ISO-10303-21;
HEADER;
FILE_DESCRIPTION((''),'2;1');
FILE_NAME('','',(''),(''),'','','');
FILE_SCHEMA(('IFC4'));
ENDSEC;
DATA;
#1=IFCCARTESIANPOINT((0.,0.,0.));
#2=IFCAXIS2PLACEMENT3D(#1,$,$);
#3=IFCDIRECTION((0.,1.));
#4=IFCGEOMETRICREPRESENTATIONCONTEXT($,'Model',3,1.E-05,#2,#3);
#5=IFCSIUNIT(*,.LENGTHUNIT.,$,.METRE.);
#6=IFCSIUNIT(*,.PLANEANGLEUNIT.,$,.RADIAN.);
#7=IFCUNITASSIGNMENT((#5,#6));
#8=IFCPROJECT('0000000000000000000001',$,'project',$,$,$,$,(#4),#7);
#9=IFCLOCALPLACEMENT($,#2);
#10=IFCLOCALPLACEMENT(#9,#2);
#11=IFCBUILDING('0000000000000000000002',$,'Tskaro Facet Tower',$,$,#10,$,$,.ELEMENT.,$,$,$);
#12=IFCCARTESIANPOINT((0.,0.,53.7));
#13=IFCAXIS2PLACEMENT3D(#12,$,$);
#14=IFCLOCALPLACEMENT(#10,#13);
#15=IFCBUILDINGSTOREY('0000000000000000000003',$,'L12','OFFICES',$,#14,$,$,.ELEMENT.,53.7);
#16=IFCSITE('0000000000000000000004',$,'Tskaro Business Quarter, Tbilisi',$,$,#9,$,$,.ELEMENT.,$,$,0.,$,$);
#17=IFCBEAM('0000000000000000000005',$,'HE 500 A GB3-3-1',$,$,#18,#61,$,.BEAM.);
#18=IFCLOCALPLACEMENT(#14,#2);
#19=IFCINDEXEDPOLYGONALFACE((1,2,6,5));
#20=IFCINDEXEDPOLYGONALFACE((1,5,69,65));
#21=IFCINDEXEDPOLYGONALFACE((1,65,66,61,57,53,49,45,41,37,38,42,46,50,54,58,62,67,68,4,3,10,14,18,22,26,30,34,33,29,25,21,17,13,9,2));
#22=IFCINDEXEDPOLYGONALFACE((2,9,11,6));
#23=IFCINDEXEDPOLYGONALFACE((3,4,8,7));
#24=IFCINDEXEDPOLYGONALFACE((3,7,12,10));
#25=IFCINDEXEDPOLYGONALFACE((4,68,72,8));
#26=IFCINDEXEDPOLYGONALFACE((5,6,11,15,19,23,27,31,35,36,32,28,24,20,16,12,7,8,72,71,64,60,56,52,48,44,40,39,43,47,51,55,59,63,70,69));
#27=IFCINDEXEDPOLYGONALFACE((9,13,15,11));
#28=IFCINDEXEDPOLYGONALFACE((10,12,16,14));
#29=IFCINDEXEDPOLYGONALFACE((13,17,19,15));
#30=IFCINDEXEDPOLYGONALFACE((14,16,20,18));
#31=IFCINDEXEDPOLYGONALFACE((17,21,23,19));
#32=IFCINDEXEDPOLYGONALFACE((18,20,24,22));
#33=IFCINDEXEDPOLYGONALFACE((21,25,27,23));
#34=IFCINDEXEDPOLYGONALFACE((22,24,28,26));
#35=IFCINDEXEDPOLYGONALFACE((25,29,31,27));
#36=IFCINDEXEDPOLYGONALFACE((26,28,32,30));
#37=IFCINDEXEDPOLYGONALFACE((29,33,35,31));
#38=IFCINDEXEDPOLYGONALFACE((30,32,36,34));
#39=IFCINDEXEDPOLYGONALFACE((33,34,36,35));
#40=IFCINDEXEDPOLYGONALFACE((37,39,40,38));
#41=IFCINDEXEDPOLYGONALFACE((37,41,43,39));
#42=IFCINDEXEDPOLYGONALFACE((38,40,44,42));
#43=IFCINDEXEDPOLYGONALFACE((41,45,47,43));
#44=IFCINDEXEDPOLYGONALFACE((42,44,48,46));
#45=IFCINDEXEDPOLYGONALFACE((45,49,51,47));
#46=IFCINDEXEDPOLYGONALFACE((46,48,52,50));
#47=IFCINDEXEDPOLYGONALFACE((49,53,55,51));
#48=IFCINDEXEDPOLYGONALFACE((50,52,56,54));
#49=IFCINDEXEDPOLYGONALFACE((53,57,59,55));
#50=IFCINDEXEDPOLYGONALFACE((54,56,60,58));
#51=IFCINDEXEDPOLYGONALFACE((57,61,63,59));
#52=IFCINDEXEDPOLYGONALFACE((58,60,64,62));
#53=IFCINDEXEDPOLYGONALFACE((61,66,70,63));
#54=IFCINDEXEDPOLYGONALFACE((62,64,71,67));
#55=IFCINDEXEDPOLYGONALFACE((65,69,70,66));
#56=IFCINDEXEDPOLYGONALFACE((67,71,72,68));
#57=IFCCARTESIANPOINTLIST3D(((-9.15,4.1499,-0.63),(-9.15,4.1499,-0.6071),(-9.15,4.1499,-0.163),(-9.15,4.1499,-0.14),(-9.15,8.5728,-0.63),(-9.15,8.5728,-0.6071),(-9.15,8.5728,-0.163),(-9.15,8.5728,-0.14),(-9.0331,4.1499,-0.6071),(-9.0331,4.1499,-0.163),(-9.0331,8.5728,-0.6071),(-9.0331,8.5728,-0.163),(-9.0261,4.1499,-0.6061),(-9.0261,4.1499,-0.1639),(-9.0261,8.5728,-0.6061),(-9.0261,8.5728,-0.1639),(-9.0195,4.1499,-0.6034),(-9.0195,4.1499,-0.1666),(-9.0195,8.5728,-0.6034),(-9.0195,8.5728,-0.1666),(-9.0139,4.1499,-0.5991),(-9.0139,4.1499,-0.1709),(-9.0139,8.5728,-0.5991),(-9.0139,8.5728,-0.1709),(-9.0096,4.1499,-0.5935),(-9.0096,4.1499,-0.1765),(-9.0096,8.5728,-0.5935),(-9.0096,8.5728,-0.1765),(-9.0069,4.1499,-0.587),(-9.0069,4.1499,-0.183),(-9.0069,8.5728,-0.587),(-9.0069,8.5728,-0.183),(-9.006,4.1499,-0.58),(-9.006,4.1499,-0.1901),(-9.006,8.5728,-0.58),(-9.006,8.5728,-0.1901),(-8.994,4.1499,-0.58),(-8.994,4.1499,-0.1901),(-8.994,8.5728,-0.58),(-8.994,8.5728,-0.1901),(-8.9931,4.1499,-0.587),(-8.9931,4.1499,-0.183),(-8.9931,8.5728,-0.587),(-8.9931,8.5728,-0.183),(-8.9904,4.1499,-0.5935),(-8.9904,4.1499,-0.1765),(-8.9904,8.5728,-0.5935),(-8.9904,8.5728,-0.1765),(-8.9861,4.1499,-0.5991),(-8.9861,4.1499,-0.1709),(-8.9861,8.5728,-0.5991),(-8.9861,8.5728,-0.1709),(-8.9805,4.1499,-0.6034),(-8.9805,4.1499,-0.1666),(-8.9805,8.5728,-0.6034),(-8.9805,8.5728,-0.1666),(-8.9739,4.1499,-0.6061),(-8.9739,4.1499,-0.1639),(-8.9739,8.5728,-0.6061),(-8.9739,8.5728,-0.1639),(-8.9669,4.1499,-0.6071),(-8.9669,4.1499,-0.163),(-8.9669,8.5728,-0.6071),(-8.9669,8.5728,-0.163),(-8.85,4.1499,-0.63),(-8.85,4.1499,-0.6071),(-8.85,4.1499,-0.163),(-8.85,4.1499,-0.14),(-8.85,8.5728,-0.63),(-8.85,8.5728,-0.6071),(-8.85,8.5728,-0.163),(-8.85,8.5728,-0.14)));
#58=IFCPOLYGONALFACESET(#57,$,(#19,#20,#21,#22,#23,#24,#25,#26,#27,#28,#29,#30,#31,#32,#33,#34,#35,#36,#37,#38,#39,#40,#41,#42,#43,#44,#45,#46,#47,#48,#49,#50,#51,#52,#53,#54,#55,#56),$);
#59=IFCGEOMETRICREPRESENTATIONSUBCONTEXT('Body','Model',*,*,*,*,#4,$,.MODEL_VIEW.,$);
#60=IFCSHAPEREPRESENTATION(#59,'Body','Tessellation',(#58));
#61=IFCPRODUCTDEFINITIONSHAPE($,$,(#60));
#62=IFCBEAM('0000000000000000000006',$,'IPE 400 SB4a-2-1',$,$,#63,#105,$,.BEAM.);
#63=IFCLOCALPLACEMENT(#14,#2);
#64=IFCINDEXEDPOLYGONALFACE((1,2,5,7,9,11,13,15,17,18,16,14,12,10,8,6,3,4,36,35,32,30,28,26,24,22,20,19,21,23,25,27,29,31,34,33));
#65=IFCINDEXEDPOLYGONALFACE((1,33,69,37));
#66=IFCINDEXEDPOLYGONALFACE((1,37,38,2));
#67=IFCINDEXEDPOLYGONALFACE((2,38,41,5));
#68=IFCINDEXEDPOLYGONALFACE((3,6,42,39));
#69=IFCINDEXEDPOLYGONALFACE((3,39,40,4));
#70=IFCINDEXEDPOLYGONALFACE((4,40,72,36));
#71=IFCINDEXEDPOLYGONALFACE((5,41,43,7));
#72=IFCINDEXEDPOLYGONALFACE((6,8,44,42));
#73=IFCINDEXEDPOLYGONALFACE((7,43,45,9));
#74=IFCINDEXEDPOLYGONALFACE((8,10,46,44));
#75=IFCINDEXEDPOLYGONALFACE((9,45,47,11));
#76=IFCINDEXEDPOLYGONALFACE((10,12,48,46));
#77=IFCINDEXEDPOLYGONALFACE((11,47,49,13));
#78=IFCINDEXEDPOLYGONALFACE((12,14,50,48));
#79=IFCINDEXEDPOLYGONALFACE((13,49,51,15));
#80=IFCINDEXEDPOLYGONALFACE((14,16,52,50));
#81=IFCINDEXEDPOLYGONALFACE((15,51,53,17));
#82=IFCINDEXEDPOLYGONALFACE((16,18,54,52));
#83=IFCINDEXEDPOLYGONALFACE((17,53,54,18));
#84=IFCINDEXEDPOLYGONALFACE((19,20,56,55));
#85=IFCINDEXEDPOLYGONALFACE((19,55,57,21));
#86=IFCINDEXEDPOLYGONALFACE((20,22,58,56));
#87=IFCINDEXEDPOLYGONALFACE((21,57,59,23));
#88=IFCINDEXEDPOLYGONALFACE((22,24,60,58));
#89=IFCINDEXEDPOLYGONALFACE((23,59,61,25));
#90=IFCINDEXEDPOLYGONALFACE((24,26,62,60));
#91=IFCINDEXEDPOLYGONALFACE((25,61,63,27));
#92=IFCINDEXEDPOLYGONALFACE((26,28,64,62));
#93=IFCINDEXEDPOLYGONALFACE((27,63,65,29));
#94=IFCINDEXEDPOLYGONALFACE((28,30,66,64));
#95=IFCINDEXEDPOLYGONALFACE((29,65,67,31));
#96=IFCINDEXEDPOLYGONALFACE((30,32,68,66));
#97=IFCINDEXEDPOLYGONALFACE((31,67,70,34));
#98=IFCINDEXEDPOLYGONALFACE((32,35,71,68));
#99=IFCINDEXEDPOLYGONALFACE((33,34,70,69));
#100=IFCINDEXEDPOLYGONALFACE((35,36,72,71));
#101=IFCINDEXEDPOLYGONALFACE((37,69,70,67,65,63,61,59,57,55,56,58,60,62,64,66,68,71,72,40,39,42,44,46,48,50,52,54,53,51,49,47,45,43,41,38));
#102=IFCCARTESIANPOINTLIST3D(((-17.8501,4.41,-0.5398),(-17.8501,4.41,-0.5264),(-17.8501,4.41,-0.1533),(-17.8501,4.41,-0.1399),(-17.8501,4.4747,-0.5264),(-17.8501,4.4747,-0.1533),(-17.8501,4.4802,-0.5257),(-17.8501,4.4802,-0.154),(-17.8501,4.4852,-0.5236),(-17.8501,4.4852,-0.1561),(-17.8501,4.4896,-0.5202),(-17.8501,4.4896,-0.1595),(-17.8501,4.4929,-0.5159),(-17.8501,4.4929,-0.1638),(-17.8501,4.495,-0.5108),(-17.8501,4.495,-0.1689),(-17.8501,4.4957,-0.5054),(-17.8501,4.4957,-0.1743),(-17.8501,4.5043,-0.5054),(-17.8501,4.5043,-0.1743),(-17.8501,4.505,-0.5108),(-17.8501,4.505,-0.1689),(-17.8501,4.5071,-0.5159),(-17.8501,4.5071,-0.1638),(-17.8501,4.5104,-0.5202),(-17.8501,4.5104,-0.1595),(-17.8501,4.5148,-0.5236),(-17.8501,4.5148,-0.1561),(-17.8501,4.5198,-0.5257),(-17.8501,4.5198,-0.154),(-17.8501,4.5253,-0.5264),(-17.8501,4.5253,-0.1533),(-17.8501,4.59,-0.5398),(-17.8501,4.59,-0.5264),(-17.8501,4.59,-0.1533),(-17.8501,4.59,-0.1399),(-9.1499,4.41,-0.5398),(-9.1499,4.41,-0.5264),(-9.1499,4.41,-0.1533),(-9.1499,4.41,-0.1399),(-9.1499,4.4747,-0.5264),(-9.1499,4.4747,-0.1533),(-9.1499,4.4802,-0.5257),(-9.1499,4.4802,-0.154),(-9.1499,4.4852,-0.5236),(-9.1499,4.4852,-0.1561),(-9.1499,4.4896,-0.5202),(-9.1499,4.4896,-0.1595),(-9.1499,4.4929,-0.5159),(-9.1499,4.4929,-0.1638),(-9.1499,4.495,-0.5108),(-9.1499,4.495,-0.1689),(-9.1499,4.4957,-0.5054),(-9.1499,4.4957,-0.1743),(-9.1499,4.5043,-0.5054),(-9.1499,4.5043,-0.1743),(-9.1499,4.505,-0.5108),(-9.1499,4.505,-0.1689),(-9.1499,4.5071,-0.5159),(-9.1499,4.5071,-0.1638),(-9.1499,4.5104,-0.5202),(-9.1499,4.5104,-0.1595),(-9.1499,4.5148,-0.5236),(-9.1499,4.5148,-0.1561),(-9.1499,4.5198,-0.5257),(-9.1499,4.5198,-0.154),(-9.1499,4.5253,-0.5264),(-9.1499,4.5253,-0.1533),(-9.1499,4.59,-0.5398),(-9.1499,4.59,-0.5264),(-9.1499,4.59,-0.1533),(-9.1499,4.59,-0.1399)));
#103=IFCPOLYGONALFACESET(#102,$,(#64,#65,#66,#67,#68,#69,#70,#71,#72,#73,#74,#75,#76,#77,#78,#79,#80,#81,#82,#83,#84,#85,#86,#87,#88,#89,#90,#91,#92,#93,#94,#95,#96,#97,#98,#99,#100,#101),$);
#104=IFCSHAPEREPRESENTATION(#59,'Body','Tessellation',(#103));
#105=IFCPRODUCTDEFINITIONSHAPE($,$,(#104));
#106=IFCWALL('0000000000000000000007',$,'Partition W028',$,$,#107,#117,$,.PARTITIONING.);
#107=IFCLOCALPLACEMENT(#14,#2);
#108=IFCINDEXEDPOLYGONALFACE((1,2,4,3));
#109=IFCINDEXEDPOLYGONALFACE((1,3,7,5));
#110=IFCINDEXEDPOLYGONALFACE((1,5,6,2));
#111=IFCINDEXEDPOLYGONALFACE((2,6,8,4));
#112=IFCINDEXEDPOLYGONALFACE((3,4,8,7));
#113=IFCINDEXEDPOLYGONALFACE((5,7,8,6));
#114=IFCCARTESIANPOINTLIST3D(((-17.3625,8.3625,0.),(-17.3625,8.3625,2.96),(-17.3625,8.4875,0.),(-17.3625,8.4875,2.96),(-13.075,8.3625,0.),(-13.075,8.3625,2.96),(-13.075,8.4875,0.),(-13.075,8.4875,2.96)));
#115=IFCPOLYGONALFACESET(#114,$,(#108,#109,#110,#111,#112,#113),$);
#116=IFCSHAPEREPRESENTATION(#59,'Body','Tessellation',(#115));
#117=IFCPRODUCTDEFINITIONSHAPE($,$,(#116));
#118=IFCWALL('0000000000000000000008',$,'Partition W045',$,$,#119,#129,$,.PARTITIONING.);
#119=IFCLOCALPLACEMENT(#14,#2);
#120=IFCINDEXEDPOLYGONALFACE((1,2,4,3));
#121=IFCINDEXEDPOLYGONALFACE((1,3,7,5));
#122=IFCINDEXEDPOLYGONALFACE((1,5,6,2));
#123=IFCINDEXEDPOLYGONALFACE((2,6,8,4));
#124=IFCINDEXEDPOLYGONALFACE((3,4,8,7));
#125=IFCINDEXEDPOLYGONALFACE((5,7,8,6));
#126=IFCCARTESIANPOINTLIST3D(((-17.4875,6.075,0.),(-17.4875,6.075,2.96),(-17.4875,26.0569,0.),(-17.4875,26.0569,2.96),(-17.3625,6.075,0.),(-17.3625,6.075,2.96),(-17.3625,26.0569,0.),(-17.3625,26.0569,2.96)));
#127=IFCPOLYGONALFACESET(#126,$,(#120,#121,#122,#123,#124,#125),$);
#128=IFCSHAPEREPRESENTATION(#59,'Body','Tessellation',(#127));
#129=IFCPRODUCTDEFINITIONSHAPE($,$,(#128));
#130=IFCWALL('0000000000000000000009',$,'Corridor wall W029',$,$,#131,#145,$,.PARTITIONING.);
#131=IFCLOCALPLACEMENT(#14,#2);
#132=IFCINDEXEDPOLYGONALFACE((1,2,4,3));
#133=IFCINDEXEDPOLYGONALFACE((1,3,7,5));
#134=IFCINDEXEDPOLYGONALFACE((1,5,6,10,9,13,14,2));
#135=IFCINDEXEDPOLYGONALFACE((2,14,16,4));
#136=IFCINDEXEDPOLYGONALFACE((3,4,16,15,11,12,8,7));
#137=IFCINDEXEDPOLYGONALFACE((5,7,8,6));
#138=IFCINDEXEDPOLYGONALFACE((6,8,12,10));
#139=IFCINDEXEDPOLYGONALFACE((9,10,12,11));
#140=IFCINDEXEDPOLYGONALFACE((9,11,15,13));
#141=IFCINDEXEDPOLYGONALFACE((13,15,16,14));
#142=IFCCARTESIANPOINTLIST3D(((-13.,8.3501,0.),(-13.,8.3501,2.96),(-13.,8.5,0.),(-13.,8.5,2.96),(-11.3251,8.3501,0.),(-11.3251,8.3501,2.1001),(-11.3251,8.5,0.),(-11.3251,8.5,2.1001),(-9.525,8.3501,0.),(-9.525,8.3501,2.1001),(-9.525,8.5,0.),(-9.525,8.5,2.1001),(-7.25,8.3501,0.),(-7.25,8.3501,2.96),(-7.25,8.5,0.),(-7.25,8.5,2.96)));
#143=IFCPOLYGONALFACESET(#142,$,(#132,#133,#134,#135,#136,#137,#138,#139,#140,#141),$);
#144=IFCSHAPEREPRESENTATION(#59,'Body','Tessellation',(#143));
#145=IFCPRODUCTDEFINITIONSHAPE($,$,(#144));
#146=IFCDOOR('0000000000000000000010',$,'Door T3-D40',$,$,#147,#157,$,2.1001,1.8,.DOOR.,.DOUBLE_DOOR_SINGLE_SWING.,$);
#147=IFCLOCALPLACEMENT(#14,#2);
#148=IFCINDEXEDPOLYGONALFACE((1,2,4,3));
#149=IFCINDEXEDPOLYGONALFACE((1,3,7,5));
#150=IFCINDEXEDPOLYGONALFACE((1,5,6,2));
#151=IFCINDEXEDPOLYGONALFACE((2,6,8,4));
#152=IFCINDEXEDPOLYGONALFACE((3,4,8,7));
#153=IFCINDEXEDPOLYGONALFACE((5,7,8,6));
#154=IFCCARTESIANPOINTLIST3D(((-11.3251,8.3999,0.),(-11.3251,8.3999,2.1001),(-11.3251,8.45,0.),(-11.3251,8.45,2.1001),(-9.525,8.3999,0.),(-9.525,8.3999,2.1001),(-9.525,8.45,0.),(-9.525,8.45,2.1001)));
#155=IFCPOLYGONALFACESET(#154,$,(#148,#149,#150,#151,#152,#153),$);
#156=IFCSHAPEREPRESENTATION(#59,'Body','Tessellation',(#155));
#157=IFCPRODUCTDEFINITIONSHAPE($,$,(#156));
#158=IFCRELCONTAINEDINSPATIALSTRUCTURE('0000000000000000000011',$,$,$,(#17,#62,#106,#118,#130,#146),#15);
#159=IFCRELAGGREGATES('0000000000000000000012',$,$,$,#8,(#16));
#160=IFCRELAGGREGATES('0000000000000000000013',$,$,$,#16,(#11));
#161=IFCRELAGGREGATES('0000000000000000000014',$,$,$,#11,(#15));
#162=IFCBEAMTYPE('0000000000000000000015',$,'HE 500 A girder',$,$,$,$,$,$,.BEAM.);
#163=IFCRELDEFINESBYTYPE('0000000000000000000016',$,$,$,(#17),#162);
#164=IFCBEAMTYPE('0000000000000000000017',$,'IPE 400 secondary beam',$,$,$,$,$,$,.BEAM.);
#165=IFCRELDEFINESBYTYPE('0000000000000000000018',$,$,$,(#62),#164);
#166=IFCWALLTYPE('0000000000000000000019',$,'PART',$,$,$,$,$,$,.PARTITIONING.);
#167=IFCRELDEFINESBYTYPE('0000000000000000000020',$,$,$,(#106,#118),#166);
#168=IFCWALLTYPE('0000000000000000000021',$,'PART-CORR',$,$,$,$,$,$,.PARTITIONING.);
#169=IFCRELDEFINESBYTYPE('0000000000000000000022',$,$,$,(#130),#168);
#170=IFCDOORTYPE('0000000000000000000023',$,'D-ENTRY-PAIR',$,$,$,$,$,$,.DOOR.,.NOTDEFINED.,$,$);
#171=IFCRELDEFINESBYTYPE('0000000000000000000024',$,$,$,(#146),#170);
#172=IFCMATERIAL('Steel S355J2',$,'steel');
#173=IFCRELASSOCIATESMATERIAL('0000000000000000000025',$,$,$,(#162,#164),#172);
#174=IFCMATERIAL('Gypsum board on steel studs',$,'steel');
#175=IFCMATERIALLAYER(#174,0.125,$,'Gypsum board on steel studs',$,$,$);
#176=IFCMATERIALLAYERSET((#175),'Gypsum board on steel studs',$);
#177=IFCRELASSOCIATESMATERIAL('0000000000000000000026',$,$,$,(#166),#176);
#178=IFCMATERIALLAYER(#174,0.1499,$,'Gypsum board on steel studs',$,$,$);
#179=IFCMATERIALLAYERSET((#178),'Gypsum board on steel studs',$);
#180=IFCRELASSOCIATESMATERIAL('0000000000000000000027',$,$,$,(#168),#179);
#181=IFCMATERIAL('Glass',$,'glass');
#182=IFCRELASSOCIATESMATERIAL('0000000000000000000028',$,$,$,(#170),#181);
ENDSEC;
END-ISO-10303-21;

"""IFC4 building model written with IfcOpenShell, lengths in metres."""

from ifc_helpers import new_model, si_unit, direction, frame, frame_2d, origin, origin_2d, place, context, subcontext, project, spatial, rectangle, i_section, extrude, material, layer, layer_set, material_profile, profile_set, type_object, element, fill, save


model = new_model("IFC4")

# Units and contexts
model_context = context("Model", 3, precision=1e-05, world=origin(), true_north=direction((0.0, 1.0)))
body_context = subcontext(model_context, "Body", "Model", "MODEL_VIEW")
ifc_project = project(units=[si_unit("LENGTHUNIT", "METRE"), si_unit("PLANEANGLEUNIT", "RADIAN")], contexts=[model_context])

# Site, building, storey
site_placement = place(None, origin())
site = spatial("IfcSite", under=ifc_project, at=site_placement, Name="Tskaro Business Quarter, Tbilisi", CompositionType="ELEMENT", RefElevation=0.0)
building_placement = place(site_placement, origin())
building = spatial("IfcBuilding", under=site, at=building_placement, Name="Tskaro Facet Tower", CompositionType="ELEMENT")
storey_placement = place(building_placement, frame((0.0, 0.0, 53.7)))
storey = spatial("IfcBuildingStorey", under=building, at=storey_placement, Name="L12", Description="OFFICES", CompositionType="ELEMENT", Elevation=53.7)

# Beams
ifc_material_1 = material(Name="Steel S355J2", Category="steel")
ifc_material_profile_1 = material_profile(ifc_material_1, i_section(OverallWidth=0.3, OverallDepth=0.49, WebThickness=0.012, FlangeThickness=0.0229, FilletRadius=0.0271, at=origin_2d()), Name="HE 500 A")
ifc_profile_set_1 = profile_set([ifc_material_profile_1], Name="Steel S355J2")
beam_type_1 = type_object("IfcBeamType", Name="HE 500 A girder", PredefinedType="BEAM", material=ifc_profile_set_1)
beam_1_placement = place(storey_placement, frame((-9.0, 4.1499, -0.385), z_axis=(0.0, 1.0, 0.0), x_axis=(-1.0, 0.0, 0.0)))
element("IfcBeam", 1, at=beam_1_placement, inside=storey, type_object=beam_type_1, Name="HE 500 A GB3-3-1", PredefinedType="BEAM", context=body_context, shape_type="SweptSolid", body=[
    extrude(i_section(OverallWidth=0.3, OverallDepth=0.49, WebThickness=0.012, FlangeThickness=0.0229, FilletRadius=0.0271, at=origin_2d()), origin(), (0.0, 0.0, 1.0), 4.4229),
])
ifc_material_profile_2 = material_profile(ifc_material_1, i_section(OverallWidth=0.1799, OverallDepth=0.3999, WebThickness=0.0085, FlangeThickness=0.0134, FilletRadius=0.021, at=origin_2d()), Name="IPE 400")
ifc_profile_set_2 = profile_set([ifc_material_profile_2], Name="Steel S355J2")
beam_type_2 = type_object("IfcBeamType", Name="IPE 400 secondary beam", PredefinedType="BEAM", material=ifc_profile_set_2)
beam_2_placement = place(storey_placement, frame((-17.8501, 4.5, -0.3398), z_axis=(1.0, 0.0, 0.0), x_axis=(0.0, 1.0, 0.0)))
element("IfcBeam", 2, at=beam_2_placement, inside=storey, type_object=beam_type_2, Name="IPE 400 SB4a-2-1", PredefinedType="BEAM", context=body_context, shape_type="SweptSolid", body=[
    extrude(i_section(OverallWidth=0.1799, OverallDepth=0.3999, WebThickness=0.0085, FlangeThickness=0.0134, FilletRadius=0.021, at=origin_2d()), origin(), (0.0, 0.0, 1.0), 8.7002),
])

# Walls
ifc_material_2 = material(Name="Gypsum board on steel studs", Category="steel")
ifc_layer_1 = layer(ifc_material_2, 0.125, Name="Gypsum board on steel studs")
ifc_layer_set_1 = layer_set([ifc_layer_1], Name="Gypsum board on steel studs")
wall_type_1 = type_object("IfcWallType", Name="PART", PredefinedType="PARTITIONING", material=ifc_layer_set_1)
wall_1_placement = place(storey_placement, frame((-17.3625, 8.425, 0.0), z_axis=(0.0, 0.0, 1.0), x_axis=(1.0, 0.0, 0.0)))
element("IfcWall", 3, at=wall_1_placement, inside=storey, type_object=wall_type_1, Name="Partition W028", PredefinedType="PARTITIONING", context=body_context, shape_type="SweptSolid", body=[
    extrude(rectangle(XDim=4.2876, YDim=0.125, at=frame_2d((2.1438, 0.0))), origin(), (0.0, 0.0, 1.0), 2.96),
])
wall_2_placement = place(storey_placement, frame((-17.425, 6.075, 0.0), z_axis=(0.0, 0.0, 1.0), x_axis=(0.0, 1.0, 0.0)))
element("IfcWall", 4, at=wall_2_placement, inside=storey, type_object=wall_type_1, Name="Partition W045", PredefinedType="PARTITIONING", context=body_context, shape_type="SweptSolid", body=[
    extrude(rectangle(XDim=19.9819, YDim=0.125, at=frame_2d((9.991, 0.0))), origin(), (0.0, 0.0, 1.0), 2.96),
])

# Wall, opening, door
ifc_layer_2 = layer(ifc_material_2, 0.1499, Name="Gypsum board on steel studs")
ifc_layer_set_2 = layer_set([ifc_layer_2], Name="Gypsum board on steel studs")
wall_type_2 = type_object("IfcWallType", Name="PART-CORR", PredefinedType="PARTITIONING", material=ifc_layer_set_2)
wall_3_placement = place(storey_placement, frame((-13.0, 8.425, 0.0), z_axis=(0.0, 0.0, 1.0), x_axis=(1.0, 0.0, 0.0)))
wall_3 = element("IfcWall", 5, at=wall_3_placement, inside=storey, type_object=wall_type_2, Name="Corridor wall W029", PredefinedType="PARTITIONING", context=body_context, shape_type="SweptSolid", body=[
    extrude(rectangle(XDim=5.75, YDim=0.1499, at=frame_2d((2.875, 0.0))), origin(), (0.0, 0.0, 1.0), 2.96),
])
opening_1_placement = place(wall_3_placement, frame((1.675, 0.0, 0.0)))
opening_1 = element("IfcOpeningElement", 6, at=opening_1_placement, cuts=wall_3, PredefinedType="OPENING", context=body_context, shape_type="SweptSolid", body=[
    extrude(rectangle(XDim=1.8, YDim=2.1001, at=frame_2d((0.8999, 1.05))), frame((0.0, 0.085, 0.0), z_axis=(0.0, -1.0, 0.0), x_axis=(1.0, 0.0, 0.0)), (0.0, 0.0, 1.0), 0.1699),
])
ifc_material_3 = material(Name="Glass", Category="glass")
door_type = type_object("IfcDoorType", Name="D-ENTRY-PAIR", OperationType="NOTDEFINED", PredefinedType="DOOR", material=ifc_material_3)
door_1_placement = place(opening_1_placement, origin())
door_1 = element("IfcDoor", 7, at=door_1_placement, inside=storey, type_object=door_type, Name="Door T3-D40", OperationType="DOUBLE_DOOR_SINGLE_SWING", OverallHeight=2.1001, OverallWidth=1.8, PredefinedType="DOOR", context=body_context, shape_type="SweptSolid", body=[
    extrude(rectangle(XDim=1.8, YDim=2.1001, at=frame_2d((0.8999, 1.05))), frame((0.0, 0.0249, 0.0), z_axis=(0.0, -1.0, 0.0), x_axis=(1.0, 0.0, 0.0)), (0.0, 0.0, 1.0), 0.05),
])
fill(opening_1, door_1)

save(model, "model.ifc")
